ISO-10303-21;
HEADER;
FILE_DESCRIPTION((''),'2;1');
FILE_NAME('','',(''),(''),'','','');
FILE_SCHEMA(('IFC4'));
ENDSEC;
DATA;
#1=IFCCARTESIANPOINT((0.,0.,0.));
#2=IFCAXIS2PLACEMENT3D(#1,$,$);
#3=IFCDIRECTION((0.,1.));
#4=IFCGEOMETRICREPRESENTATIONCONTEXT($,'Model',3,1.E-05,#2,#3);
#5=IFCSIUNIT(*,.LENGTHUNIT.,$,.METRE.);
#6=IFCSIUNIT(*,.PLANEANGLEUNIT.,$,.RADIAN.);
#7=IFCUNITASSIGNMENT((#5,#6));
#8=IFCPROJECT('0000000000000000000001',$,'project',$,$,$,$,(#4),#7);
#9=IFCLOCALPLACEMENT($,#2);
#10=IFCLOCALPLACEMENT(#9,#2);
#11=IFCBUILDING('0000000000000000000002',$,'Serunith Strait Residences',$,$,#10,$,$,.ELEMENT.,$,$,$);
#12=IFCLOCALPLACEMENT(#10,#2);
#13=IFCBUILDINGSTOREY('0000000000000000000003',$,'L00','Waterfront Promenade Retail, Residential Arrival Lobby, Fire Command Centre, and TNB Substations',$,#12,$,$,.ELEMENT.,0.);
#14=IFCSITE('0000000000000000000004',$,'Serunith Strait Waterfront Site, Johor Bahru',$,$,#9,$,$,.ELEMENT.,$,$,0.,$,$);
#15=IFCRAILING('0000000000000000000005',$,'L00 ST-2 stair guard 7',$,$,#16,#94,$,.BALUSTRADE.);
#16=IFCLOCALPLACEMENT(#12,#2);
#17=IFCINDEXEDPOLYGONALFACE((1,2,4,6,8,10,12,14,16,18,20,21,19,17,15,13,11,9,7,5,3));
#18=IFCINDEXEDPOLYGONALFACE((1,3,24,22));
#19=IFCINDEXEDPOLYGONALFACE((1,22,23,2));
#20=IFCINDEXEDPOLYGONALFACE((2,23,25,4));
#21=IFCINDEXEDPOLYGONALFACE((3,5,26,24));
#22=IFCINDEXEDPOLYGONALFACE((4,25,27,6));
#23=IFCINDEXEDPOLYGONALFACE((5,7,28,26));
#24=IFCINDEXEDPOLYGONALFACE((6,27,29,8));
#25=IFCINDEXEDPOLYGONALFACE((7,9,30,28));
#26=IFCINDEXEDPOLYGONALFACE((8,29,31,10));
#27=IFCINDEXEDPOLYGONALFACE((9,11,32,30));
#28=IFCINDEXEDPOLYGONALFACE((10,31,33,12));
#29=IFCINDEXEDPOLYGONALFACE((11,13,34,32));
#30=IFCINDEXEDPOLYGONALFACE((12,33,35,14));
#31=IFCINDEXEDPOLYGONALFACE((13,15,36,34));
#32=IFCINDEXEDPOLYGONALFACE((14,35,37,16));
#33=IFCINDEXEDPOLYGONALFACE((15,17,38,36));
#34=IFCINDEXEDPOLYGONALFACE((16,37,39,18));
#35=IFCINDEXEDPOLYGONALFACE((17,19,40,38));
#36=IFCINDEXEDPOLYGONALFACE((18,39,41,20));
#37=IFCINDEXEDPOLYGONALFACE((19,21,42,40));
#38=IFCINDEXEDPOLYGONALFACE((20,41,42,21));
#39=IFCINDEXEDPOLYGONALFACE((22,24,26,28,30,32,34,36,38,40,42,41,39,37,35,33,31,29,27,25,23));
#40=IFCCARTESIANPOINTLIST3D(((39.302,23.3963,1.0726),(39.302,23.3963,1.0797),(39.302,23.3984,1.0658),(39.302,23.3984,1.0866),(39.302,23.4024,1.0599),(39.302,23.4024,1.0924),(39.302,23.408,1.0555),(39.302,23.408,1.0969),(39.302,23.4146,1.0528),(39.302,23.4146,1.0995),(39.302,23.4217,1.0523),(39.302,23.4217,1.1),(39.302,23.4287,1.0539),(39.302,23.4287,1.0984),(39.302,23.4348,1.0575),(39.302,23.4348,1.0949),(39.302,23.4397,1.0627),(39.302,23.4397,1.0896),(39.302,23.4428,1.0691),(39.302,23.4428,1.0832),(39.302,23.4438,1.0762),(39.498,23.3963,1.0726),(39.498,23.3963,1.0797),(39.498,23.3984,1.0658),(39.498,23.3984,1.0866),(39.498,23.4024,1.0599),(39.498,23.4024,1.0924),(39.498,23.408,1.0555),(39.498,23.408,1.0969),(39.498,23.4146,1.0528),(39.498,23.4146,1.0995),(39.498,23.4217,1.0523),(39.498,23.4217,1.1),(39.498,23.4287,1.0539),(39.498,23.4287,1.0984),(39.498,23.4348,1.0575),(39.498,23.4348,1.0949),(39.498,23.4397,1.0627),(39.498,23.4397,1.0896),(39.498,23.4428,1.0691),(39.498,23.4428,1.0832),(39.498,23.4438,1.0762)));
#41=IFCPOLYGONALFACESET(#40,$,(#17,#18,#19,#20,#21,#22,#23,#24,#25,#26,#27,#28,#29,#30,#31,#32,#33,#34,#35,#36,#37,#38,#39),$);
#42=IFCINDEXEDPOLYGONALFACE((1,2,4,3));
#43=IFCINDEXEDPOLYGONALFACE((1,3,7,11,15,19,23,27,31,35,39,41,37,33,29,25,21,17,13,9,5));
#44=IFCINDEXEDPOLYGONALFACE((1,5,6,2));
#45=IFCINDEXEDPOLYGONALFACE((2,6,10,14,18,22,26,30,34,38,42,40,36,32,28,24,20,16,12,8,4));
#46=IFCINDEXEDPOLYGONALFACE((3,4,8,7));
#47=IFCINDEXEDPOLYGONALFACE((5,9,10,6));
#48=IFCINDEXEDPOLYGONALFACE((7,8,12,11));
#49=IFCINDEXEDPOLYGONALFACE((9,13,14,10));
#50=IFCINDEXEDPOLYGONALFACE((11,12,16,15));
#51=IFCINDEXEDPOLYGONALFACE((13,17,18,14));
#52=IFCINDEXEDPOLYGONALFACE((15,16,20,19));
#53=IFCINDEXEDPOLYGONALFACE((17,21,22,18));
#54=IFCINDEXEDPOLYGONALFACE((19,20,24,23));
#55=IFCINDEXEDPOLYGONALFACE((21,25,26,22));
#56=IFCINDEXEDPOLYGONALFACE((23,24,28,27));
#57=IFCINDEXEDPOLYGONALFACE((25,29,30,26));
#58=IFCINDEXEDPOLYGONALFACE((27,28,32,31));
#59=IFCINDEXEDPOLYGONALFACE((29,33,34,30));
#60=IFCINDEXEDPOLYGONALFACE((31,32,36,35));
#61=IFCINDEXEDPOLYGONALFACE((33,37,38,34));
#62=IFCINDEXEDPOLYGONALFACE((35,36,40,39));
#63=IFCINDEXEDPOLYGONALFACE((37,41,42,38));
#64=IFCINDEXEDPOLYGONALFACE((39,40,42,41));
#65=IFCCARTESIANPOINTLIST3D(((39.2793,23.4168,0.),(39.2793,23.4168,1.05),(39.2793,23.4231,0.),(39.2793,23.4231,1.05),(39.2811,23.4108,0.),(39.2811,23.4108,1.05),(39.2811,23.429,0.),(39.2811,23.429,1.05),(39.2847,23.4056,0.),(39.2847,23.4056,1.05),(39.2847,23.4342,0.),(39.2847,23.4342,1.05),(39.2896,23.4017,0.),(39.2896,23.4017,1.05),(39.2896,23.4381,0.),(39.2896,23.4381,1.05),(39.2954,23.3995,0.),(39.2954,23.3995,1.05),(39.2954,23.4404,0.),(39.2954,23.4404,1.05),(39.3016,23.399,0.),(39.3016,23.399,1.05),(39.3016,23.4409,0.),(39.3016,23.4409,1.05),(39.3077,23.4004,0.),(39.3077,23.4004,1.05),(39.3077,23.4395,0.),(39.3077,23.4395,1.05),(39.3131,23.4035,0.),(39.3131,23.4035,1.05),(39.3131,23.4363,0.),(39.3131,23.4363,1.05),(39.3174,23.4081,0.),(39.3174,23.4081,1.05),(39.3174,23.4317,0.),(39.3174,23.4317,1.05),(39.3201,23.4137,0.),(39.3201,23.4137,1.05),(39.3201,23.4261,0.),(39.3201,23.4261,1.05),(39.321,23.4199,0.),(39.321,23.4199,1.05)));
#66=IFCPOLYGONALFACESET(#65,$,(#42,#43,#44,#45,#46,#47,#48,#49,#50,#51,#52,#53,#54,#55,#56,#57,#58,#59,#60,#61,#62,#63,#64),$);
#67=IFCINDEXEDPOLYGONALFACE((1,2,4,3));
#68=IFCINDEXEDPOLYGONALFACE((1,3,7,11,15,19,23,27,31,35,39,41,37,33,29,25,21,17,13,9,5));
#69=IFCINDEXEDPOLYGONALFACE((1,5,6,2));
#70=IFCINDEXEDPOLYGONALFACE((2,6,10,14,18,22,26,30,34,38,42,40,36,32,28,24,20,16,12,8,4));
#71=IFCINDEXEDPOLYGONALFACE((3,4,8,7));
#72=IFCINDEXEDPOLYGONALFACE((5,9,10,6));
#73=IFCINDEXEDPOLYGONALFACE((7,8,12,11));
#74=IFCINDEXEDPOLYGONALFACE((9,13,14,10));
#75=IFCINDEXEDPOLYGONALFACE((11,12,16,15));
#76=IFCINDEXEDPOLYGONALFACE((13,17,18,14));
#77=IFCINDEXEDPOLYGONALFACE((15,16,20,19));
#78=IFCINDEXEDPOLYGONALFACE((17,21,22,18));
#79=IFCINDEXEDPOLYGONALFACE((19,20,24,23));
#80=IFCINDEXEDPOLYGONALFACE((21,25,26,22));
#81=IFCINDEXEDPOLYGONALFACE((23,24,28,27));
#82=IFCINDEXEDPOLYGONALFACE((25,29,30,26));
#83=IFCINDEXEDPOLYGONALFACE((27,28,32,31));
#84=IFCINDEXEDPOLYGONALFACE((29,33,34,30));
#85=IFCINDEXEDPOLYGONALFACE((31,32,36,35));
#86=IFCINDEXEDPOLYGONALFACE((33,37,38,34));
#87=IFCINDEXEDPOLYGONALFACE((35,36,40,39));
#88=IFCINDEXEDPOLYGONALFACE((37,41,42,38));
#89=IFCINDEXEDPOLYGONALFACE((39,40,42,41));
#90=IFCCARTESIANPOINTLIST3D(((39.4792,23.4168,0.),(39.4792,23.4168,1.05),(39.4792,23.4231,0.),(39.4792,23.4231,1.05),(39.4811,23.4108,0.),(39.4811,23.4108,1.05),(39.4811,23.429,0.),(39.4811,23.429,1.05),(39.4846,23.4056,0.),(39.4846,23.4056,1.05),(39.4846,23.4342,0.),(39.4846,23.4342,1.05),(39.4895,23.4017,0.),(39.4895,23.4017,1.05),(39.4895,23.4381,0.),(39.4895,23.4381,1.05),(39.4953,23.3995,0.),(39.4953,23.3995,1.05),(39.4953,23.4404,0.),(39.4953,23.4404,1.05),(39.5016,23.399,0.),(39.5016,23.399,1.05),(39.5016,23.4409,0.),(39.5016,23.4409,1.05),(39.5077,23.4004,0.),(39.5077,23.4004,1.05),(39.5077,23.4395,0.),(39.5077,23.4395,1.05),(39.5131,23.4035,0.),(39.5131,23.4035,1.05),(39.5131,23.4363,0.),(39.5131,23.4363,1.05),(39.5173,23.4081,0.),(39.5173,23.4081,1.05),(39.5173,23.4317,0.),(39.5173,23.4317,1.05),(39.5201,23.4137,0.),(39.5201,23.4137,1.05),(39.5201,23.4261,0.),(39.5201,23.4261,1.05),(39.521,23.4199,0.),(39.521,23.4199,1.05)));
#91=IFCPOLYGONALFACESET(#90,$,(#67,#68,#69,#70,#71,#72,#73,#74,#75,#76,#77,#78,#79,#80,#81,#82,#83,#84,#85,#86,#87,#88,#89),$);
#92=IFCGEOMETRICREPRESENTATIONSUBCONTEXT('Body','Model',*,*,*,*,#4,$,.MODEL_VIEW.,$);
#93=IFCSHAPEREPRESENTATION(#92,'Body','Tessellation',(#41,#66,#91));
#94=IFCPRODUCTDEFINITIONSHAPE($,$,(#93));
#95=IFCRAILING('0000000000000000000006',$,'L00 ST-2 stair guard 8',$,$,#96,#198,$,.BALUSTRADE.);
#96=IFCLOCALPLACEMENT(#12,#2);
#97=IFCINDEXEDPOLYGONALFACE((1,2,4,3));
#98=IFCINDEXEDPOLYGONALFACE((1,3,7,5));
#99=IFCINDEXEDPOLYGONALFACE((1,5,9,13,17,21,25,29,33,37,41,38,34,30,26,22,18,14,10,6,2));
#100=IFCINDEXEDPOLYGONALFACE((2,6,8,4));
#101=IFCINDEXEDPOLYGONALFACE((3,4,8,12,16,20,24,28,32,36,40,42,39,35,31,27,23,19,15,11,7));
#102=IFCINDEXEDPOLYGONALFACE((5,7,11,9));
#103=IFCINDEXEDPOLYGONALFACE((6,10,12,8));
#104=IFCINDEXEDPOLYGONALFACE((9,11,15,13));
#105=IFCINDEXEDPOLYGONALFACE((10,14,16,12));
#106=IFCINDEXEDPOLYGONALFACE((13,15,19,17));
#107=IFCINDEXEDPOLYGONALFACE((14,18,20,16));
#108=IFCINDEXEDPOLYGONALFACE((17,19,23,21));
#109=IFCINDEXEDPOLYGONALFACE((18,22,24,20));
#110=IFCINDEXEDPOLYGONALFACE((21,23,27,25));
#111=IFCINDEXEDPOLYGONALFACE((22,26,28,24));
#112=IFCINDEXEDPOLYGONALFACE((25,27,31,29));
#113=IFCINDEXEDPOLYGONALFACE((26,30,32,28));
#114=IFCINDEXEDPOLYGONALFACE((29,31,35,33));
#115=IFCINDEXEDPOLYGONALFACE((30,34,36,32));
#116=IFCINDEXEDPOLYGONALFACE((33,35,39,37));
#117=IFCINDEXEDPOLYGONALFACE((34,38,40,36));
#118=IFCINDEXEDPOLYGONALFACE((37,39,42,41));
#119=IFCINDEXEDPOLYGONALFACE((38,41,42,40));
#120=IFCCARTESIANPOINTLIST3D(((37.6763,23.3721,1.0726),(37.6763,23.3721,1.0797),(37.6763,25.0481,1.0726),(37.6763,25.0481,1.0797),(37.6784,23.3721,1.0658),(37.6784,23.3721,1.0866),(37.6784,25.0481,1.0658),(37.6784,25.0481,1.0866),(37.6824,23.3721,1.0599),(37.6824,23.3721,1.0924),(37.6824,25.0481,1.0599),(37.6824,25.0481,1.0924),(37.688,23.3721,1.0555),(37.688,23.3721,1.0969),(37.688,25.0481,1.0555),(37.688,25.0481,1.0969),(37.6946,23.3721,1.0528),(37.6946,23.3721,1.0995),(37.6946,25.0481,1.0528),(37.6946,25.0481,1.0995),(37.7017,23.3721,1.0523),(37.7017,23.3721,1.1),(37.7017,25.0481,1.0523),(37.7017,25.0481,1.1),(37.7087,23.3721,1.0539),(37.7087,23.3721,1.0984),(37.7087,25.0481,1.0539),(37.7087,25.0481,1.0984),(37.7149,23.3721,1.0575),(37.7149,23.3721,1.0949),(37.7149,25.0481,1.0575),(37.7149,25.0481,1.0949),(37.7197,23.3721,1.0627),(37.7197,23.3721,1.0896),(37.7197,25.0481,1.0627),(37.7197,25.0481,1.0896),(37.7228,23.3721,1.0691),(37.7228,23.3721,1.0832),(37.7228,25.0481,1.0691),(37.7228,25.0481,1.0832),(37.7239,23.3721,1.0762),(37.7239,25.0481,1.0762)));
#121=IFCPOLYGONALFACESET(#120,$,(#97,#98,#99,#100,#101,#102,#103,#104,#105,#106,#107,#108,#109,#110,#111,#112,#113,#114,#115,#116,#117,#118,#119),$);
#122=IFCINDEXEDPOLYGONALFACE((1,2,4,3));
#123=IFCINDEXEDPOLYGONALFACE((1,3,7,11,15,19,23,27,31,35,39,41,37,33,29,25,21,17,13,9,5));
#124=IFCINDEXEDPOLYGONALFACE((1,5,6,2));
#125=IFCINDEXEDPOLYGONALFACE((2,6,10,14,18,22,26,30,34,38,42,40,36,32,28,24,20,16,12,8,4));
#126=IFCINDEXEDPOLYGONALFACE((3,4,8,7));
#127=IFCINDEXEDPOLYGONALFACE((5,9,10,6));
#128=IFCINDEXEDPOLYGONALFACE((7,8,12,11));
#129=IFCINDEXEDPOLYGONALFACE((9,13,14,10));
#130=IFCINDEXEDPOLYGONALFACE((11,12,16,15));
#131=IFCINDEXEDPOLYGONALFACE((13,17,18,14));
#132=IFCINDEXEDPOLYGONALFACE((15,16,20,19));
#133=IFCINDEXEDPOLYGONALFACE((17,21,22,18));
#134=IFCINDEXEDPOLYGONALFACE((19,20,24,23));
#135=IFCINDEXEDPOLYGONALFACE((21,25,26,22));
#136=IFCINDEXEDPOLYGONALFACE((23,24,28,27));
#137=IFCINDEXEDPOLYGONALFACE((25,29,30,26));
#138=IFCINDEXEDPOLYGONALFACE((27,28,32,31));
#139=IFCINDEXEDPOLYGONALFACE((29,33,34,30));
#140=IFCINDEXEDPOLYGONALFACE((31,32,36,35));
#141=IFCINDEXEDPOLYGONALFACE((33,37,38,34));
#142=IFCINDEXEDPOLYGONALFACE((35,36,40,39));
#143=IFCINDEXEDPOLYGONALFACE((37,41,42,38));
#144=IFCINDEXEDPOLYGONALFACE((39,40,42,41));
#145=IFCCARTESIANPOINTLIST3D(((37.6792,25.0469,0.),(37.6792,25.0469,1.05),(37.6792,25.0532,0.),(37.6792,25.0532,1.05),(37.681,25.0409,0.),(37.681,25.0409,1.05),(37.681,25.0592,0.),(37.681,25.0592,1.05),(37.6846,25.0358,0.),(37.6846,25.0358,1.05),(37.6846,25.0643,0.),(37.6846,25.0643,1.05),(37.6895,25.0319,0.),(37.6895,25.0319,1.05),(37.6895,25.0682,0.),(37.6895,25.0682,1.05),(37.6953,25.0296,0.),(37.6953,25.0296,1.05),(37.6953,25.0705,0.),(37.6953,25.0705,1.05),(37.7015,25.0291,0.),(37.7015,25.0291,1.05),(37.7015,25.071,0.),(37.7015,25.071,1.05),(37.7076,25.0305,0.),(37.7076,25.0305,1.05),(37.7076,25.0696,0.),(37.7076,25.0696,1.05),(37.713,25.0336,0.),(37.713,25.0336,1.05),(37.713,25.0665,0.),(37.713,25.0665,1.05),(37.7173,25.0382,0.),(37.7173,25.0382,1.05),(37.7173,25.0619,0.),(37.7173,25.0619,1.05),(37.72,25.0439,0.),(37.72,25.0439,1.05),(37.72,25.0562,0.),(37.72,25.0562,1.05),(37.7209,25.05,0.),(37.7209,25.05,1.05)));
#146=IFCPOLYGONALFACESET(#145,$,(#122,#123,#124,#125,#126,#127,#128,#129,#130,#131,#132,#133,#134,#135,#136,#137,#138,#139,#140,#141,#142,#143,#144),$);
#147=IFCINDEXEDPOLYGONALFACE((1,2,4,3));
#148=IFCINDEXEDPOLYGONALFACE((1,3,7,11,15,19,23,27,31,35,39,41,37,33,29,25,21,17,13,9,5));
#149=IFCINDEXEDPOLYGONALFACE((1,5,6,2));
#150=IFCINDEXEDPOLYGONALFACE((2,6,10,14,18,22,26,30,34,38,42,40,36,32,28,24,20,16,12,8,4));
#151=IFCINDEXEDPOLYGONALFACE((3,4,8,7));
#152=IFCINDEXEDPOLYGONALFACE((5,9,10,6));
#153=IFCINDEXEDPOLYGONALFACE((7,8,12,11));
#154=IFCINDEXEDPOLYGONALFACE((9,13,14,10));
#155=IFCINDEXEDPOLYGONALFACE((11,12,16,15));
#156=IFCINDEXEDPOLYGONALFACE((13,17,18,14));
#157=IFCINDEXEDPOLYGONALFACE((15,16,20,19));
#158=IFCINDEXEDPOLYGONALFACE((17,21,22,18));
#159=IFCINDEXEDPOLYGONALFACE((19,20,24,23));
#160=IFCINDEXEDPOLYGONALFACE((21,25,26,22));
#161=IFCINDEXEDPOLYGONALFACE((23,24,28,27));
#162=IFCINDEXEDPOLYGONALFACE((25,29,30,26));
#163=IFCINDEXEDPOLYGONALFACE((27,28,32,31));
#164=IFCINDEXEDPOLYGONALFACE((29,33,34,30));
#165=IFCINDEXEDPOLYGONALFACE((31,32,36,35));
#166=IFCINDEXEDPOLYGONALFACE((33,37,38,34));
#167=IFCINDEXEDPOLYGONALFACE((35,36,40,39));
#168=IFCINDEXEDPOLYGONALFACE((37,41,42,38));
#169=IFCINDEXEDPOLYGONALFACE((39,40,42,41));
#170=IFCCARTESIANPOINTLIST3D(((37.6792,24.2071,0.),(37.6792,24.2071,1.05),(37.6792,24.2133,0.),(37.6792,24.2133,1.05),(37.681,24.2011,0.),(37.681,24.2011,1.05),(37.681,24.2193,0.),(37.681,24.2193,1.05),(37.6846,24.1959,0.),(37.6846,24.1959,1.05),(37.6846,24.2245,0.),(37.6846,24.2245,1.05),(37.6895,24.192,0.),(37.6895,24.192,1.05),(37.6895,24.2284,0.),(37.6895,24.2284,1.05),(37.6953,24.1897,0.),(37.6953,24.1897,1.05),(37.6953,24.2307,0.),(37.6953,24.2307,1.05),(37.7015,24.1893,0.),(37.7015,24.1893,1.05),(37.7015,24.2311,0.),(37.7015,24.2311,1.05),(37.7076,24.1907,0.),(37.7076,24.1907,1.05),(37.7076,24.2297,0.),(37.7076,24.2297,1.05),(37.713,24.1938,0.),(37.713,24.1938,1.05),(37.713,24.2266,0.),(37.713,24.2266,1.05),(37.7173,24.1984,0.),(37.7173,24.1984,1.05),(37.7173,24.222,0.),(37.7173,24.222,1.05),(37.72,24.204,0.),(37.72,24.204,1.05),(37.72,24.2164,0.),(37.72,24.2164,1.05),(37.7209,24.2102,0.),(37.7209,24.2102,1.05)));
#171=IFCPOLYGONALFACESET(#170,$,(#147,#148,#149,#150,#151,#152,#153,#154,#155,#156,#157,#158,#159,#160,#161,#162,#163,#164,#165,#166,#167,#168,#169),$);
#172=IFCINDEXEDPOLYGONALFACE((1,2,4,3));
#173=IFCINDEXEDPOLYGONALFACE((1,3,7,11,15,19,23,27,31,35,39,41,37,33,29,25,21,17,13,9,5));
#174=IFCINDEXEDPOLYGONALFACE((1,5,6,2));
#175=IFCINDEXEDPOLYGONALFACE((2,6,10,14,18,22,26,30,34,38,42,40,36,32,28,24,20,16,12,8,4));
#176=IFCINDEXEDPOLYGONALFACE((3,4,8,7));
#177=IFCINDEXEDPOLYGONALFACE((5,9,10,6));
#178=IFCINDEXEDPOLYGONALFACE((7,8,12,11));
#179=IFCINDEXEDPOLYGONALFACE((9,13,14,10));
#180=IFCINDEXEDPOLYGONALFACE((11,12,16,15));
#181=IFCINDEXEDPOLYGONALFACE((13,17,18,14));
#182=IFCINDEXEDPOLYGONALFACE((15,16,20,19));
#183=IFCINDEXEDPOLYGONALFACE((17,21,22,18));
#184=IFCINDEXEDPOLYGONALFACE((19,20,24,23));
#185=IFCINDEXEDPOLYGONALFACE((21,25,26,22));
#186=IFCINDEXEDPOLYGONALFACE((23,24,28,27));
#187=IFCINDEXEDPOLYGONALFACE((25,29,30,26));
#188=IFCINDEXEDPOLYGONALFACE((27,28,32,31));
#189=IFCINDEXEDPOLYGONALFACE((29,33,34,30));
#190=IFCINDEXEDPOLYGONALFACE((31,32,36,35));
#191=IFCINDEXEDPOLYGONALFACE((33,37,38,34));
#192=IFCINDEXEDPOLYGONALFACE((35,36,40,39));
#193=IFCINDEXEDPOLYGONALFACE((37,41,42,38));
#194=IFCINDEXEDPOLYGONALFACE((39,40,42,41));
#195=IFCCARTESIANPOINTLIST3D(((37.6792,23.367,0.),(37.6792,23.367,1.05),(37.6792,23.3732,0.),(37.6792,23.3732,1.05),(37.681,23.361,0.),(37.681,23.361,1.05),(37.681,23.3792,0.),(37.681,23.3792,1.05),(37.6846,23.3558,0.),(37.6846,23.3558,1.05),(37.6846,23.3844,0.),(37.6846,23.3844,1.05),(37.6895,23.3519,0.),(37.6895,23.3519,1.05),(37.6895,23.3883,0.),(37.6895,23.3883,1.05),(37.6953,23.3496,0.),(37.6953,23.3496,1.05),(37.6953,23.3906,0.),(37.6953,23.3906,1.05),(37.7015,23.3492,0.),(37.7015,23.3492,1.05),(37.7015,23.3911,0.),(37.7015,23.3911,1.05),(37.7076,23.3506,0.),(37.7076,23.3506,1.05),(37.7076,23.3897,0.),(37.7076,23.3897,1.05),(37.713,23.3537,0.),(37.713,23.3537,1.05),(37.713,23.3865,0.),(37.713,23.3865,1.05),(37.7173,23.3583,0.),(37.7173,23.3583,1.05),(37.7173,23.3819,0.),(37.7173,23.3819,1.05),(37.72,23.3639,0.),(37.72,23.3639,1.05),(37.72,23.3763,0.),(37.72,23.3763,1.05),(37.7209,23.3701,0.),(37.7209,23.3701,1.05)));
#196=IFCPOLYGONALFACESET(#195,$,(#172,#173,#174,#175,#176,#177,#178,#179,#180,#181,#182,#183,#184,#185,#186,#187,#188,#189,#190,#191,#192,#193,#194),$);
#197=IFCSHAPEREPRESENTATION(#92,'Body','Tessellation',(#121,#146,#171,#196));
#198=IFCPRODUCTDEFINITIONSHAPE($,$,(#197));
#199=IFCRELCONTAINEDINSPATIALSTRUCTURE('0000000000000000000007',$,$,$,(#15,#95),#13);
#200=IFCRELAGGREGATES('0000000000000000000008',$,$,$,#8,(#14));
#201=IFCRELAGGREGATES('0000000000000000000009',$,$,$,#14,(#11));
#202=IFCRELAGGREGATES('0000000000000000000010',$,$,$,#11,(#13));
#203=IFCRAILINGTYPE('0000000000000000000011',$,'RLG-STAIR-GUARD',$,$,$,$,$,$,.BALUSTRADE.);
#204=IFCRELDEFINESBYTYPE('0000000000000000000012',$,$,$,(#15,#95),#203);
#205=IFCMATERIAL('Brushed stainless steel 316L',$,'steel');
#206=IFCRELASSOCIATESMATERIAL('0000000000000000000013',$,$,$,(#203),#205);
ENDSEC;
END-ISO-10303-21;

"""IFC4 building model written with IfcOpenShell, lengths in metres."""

from ifc_helpers import new_model, si_unit, direction, frame, origin, origin_2d, place, context, subcontext, project, spatial, circle, extrude, material, type_object, element, save


model = new_model("IFC4")

# Units and contexts
model_context = context("Model", 3, precision=1e-05, world=origin(), true_north=direction((0.0, 1.0)))
body_context = subcontext(model_context, "Body", "Model", "MODEL_VIEW")
ifc_project = project(units=[si_unit("LENGTHUNIT", "METRE"), si_unit("PLANEANGLEUNIT", "RADIAN")], contexts=[model_context])

# Site, building, storey
site_placement = place(None, origin())
site = spatial("IfcSite", under=ifc_project, at=site_placement, Name="Serunith Strait Waterfront Site, Johor Bahru", CompositionType="ELEMENT", RefElevation=0.0)
building_placement = place(site_placement, origin())
building = spatial("IfcBuilding", under=site, at=building_placement, Name="Serunith Strait Residences", CompositionType="ELEMENT")
storey_placement = place(building_placement, origin())
storey = spatial("IfcBuildingStorey", under=building, at=storey_placement, Name="L00", Description="Waterfront Promenade Retail, Residential Arrival Lobby, Fire Command Centre, and TNB Substations", CompositionType="ELEMENT", Elevation=0.0)

# Railings
ifc_material_1 = material(Name="Brushed stainless steel 316L", Category="steel")
railing_type_1 = type_object("IfcRailingType", Name="RLG-STAIR-GUARD", PredefinedType="BALUSTRADE", material=ifc_material_1)
railing_1_placement = place(storey_placement, frame((39.3, 23.4199, 0.0)))
element("IfcRailing", 1, at=railing_1_placement, inside=storey, type_object=railing_type_1, Name="L00 ST-2 stair guard 7", PredefinedType="BALUSTRADE", context=body_context, shape_type="SweptSolid", body=[
    extrude(circle(Radius=0.0239, at=origin_2d()), frame((0.002, 0.0, 1.0762), z_axis=(1.0, 0.0, 0.0), x_axis=(0.0, 1.0, 0.0)), (0.0, 0.0, 1.0), 0.196),
    extrude(circle(Radius=0.021, at=origin_2d()), origin(), (0.0, 0.0, 1.0), 1.05),
    extrude(circle(Radius=0.021, at=origin_2d()), frame((0.2, 0.0, 0.0)), (0.0, 0.0, 1.0), 1.05),
])
railing_2_placement = place(storey_placement, frame((37.7, 25.05, 0.0)))
element("IfcRailing", 2, at=railing_2_placement, inside=storey, type_object=railing_type_1, Name="L00 ST-2 stair guard 8", PredefinedType="BALUSTRADE", context=body_context, shape_type="SweptSolid", body=[
    extrude(circle(Radius=0.0239, at=origin_2d()), frame((0.0, -0.002, 1.0762), z_axis=(0.0, -1.0, 0.0), x_axis=(1.0, 0.0, 0.0)), (0.0, 0.0, 1.0), 1.676),
    extrude(circle(Radius=0.021, at=origin_2d()), origin(), (0.0, 0.0, 1.0), 1.05),
    extrude(circle(Radius=0.021, at=origin_2d()), frame((0.0, -0.8398, 0.0)), (0.0, 0.0, 1.0), 1.05),
    extrude(circle(Radius=0.021, at=origin_2d()), frame((0.0, -1.6799, 0.0)), (0.0, 0.0, 1.0), 1.05),
])

save(model, "model.ifc")
